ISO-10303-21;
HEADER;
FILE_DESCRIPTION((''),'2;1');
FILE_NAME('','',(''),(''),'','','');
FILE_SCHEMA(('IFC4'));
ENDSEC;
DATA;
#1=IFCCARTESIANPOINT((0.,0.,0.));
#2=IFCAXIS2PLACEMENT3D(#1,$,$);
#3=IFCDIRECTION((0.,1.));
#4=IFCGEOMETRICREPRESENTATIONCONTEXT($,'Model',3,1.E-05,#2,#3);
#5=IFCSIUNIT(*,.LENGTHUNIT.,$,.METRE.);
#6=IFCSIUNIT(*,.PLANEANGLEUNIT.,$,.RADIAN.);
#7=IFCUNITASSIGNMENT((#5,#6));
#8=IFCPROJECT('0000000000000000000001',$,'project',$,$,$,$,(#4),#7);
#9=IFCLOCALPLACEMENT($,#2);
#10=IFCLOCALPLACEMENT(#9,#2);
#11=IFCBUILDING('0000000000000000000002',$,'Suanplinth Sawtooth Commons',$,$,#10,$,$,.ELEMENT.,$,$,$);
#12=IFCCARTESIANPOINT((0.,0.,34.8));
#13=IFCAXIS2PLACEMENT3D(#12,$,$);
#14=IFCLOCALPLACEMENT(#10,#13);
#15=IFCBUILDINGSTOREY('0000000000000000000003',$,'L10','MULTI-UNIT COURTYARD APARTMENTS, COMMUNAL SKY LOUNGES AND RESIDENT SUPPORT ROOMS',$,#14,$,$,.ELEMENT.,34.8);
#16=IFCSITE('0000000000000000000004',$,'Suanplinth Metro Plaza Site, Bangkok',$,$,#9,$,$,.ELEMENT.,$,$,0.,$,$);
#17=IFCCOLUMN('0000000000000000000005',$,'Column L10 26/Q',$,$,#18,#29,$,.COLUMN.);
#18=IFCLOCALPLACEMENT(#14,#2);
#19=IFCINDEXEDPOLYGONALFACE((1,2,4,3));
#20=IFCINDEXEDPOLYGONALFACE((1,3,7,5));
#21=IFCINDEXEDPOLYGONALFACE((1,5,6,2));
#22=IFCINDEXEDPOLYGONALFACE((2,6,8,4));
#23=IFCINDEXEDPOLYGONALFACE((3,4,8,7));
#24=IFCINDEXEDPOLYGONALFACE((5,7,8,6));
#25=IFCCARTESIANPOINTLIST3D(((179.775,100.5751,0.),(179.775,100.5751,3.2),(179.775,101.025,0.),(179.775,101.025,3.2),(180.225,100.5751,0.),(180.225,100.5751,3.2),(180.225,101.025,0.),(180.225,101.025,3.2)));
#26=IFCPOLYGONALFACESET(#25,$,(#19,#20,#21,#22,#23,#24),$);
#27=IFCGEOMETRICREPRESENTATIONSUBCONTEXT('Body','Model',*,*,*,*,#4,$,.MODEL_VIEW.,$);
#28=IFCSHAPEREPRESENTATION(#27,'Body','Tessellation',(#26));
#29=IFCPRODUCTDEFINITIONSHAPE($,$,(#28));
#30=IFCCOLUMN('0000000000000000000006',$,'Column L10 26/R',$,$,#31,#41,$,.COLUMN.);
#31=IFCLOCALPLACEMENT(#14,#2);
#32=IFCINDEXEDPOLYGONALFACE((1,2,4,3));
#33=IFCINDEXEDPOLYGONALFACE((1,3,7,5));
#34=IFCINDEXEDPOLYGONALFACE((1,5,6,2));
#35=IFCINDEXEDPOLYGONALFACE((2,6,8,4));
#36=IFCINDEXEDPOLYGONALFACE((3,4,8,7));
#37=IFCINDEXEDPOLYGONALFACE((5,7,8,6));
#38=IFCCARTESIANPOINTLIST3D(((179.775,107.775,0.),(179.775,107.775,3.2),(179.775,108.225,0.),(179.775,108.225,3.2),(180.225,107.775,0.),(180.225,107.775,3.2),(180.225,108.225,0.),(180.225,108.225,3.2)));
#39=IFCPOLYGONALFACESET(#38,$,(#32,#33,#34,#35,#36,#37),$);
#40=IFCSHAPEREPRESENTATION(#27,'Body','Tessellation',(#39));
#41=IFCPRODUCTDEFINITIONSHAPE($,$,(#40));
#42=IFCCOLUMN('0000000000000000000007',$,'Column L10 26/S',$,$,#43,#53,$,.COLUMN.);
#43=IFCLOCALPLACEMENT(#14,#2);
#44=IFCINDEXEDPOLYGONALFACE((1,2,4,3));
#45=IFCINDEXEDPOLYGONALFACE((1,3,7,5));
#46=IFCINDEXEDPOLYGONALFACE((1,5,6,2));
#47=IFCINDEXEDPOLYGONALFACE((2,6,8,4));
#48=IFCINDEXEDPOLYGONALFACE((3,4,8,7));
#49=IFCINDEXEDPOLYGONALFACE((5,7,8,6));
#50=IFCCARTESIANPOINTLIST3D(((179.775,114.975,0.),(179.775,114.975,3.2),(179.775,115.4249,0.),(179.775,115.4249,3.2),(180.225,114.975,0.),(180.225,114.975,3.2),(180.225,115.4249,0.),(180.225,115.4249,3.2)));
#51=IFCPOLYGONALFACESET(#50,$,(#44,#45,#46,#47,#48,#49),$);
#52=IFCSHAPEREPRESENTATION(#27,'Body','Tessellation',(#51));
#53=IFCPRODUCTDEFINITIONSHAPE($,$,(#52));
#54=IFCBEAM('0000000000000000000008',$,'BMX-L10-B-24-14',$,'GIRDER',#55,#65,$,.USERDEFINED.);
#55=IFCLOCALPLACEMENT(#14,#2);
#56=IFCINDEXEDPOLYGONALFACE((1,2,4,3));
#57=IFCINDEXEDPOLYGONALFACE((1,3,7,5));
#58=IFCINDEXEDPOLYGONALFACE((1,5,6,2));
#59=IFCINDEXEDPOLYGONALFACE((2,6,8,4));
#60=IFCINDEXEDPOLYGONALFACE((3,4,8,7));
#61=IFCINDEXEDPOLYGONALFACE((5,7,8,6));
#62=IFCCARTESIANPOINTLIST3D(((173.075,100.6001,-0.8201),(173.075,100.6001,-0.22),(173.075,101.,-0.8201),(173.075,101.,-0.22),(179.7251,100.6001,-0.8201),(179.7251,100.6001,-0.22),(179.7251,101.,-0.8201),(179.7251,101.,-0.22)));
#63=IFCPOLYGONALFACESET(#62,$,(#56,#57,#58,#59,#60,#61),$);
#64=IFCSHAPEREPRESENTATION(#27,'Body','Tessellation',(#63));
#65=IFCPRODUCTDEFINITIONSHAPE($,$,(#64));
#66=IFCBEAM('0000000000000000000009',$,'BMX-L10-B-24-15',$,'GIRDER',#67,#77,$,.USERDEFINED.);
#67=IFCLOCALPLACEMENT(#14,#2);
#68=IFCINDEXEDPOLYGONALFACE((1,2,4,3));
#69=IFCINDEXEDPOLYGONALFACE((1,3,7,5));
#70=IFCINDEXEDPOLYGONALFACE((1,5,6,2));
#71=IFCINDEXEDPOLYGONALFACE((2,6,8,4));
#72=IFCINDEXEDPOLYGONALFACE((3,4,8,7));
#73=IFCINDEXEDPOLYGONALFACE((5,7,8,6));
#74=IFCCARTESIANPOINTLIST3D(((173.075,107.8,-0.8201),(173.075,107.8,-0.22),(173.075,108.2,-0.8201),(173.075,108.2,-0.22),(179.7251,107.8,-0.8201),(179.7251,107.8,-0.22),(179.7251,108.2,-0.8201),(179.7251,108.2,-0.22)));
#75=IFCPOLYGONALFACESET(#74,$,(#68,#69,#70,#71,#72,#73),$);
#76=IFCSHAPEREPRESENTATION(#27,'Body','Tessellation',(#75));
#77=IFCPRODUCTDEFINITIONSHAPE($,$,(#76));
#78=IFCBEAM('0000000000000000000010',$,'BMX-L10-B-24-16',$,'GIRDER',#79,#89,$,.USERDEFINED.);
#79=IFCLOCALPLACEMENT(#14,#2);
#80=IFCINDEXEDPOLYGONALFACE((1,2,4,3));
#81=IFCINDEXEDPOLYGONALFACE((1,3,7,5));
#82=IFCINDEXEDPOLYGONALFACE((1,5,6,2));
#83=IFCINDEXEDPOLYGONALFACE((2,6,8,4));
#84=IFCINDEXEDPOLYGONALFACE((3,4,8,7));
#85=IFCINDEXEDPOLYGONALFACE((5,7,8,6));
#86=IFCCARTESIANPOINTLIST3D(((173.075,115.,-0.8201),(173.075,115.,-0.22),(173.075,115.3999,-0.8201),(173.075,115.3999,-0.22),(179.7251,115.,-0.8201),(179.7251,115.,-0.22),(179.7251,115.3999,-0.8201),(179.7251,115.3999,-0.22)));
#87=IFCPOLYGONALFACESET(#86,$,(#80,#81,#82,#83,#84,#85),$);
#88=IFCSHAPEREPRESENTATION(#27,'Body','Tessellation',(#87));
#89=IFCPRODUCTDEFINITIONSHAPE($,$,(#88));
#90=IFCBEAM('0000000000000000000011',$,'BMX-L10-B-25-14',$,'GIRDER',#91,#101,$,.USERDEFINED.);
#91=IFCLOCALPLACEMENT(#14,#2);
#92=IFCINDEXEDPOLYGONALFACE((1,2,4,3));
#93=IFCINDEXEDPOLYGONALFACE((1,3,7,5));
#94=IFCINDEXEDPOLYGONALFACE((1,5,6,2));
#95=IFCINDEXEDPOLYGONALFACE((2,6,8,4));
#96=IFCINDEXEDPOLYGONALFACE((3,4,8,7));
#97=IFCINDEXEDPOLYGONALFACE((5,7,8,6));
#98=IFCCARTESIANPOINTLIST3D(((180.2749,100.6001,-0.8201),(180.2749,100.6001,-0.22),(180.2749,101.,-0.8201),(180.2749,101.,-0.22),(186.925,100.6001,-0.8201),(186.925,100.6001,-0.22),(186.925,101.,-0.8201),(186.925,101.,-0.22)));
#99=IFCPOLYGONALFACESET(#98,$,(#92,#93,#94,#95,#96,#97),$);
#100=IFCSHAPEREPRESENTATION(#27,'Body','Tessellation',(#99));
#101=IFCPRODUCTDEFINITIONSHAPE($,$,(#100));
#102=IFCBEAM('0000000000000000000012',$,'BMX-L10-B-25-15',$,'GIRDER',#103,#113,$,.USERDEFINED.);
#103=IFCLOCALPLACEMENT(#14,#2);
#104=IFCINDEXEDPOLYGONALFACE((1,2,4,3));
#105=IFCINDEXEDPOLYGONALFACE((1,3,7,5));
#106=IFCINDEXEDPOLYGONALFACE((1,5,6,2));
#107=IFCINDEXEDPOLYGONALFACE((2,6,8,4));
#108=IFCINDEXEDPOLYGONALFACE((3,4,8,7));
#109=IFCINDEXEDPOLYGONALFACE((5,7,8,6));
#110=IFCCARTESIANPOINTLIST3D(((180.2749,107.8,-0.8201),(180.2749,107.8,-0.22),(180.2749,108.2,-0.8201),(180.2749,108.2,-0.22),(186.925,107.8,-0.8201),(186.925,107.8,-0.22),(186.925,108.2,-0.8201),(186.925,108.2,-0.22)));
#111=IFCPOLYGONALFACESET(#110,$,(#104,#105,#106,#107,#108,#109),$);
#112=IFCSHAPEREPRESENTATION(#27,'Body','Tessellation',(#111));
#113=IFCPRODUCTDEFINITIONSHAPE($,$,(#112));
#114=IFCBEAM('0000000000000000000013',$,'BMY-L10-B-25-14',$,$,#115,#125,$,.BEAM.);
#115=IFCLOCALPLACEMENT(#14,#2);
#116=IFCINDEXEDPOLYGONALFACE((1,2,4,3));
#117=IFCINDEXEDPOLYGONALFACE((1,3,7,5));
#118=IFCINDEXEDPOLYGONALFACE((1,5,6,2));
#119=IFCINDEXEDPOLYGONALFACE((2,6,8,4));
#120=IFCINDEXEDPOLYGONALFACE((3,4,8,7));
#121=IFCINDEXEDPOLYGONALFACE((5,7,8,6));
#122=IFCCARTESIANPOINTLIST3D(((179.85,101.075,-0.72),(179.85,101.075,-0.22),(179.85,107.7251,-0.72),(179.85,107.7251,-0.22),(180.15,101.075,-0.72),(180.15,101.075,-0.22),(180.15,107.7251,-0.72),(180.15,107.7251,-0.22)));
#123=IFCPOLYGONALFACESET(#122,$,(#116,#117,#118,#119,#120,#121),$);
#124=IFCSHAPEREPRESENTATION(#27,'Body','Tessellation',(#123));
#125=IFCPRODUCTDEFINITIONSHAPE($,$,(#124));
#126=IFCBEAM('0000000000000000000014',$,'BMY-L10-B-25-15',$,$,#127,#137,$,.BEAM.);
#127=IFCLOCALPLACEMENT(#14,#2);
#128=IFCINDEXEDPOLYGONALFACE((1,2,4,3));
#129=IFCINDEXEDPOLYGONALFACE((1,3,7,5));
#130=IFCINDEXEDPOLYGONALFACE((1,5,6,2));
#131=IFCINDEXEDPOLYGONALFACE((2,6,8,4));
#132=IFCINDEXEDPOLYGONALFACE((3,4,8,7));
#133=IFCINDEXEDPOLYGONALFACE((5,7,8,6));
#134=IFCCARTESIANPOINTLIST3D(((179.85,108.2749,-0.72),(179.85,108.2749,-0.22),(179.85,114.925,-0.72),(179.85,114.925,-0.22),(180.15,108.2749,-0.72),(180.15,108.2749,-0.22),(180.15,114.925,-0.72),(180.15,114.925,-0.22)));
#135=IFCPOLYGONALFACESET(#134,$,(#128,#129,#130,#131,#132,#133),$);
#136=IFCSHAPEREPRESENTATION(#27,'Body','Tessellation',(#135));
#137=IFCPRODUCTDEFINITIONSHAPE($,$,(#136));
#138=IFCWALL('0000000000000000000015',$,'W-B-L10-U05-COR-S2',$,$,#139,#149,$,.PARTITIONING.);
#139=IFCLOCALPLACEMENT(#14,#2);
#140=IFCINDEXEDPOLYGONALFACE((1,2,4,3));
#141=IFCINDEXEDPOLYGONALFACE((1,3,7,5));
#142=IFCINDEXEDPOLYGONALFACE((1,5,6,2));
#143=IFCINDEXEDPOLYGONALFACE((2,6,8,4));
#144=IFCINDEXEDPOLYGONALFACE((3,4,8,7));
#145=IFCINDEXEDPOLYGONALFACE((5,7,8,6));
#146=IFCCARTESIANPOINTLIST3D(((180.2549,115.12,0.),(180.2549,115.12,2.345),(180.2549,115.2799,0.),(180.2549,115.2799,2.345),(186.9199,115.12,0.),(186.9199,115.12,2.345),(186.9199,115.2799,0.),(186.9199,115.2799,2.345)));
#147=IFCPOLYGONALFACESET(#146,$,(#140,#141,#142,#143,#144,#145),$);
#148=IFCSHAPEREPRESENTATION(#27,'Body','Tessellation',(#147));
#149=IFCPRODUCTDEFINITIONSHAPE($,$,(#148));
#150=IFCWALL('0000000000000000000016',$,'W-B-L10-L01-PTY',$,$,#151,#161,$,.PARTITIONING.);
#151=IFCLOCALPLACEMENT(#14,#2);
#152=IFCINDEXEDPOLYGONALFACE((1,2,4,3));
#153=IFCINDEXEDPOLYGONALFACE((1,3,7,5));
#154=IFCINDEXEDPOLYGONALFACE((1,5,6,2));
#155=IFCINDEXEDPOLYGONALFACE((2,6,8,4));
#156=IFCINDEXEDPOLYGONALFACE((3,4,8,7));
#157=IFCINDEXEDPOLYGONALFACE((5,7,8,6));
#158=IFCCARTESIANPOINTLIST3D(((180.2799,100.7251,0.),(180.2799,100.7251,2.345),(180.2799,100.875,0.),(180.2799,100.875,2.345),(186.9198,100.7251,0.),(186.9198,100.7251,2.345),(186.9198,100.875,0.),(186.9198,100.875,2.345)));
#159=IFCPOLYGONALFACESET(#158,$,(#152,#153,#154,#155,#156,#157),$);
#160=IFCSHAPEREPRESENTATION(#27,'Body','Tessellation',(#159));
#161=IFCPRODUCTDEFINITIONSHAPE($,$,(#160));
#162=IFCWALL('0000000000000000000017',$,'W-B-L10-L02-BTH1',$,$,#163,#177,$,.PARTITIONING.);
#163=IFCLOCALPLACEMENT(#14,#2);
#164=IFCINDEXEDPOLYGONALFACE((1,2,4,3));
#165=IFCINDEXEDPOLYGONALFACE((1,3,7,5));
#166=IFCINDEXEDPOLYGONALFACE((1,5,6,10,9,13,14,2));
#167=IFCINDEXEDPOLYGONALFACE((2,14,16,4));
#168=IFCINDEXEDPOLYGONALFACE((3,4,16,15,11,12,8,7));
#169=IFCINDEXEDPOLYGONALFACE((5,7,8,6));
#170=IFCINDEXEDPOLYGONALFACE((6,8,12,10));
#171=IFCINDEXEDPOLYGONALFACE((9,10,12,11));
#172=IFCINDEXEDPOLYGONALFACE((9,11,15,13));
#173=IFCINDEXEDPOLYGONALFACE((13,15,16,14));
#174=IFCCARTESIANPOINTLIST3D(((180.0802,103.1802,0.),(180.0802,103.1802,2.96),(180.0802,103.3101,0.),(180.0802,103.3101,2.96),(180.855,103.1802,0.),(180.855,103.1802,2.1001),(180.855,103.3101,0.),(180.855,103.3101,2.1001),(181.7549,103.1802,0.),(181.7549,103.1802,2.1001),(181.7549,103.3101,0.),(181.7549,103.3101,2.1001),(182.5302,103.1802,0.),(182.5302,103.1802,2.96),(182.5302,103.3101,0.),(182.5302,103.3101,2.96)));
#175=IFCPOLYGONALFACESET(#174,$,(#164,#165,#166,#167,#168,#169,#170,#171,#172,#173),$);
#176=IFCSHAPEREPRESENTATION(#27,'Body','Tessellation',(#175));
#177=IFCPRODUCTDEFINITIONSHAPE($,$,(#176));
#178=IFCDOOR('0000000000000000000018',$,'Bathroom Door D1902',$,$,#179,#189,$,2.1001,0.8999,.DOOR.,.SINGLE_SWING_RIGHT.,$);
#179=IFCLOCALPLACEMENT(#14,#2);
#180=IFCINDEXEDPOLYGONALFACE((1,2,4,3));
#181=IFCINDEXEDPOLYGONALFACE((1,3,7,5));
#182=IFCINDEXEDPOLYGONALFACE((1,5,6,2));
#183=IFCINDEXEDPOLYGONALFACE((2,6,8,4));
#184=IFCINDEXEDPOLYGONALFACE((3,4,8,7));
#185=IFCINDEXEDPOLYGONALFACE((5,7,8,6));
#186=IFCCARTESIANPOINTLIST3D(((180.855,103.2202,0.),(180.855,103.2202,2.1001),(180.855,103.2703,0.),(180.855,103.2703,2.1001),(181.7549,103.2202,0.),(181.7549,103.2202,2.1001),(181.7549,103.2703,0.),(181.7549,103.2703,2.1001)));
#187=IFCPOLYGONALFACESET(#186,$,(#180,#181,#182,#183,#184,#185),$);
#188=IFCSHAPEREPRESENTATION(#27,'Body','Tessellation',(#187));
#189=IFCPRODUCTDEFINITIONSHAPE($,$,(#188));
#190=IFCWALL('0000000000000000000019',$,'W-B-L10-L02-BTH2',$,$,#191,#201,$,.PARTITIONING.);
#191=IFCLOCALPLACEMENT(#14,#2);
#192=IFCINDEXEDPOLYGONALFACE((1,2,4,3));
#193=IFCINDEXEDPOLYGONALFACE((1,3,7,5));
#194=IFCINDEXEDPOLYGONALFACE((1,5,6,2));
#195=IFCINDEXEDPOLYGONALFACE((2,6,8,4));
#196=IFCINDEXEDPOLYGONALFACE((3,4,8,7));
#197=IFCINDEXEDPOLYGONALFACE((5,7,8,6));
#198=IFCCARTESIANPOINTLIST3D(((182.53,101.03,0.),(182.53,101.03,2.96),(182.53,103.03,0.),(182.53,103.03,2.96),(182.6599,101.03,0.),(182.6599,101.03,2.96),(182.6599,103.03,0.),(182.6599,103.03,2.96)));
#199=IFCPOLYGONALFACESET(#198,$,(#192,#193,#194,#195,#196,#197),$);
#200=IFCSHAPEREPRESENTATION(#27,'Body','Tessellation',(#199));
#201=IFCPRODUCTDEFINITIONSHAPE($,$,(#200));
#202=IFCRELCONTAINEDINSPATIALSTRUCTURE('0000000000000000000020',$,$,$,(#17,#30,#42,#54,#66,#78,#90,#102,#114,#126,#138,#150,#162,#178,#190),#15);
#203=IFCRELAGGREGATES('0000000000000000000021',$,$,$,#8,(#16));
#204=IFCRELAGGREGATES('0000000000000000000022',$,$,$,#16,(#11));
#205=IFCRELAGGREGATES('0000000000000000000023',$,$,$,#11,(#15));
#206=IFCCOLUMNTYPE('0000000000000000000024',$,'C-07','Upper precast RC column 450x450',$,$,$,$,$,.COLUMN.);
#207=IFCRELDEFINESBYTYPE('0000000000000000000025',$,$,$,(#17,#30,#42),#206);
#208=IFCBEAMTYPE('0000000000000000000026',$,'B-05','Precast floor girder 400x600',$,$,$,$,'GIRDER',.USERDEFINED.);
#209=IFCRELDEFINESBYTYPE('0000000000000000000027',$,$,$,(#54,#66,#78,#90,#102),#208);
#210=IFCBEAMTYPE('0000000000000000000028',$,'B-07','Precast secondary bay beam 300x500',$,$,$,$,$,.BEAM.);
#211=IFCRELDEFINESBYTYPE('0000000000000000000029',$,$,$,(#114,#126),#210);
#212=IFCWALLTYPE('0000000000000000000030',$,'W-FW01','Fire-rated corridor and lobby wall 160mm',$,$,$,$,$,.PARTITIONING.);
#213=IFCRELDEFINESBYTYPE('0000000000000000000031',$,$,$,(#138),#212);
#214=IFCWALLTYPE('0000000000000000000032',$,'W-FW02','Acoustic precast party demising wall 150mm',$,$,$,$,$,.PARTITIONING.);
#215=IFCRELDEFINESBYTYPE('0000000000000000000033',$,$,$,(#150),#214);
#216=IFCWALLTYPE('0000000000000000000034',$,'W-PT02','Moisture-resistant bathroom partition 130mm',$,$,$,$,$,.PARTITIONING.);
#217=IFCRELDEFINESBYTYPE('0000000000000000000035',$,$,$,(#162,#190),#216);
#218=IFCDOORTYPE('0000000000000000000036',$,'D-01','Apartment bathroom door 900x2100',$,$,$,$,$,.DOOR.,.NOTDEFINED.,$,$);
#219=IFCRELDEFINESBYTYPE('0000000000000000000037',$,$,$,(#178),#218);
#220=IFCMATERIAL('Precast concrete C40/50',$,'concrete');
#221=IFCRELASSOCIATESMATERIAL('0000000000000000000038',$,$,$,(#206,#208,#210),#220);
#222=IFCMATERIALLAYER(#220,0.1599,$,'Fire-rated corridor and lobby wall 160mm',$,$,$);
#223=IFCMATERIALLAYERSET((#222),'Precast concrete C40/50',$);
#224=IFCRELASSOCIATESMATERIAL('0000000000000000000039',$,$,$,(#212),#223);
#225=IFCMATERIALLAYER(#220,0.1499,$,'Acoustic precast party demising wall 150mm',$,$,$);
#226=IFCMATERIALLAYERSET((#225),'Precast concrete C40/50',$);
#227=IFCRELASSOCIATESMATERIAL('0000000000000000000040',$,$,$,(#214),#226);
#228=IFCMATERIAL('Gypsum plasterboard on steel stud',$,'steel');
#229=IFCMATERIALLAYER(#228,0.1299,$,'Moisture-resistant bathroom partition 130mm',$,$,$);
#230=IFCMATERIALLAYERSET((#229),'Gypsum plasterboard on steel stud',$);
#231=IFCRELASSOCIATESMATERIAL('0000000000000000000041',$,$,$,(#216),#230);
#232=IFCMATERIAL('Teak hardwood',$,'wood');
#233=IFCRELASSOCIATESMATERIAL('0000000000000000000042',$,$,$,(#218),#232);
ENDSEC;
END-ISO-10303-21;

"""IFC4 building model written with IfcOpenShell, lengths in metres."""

from ifc_helpers import new_model, si_unit, direction, frame, frame_2d, origin, origin_2d, place, context, subcontext, project, spatial, rectangle, extrude, material, layer, layer_set, material_profile, profile_set, type_object, element, fill, save


model = new_model("IFC4")

# Units and contexts
model_context = context("Model", 3, precision=1e-05, world=origin(), true_north=direction((0.0, 1.0)))
body_context = subcontext(model_context, "Body", "Model", "MODEL_VIEW")
ifc_project = project(units=[si_unit("LENGTHUNIT", "METRE"), si_unit("PLANEANGLEUNIT", "RADIAN")], contexts=[model_context])

# Site, building, storey
site_placement = place(None, origin())
site = spatial("IfcSite", under=ifc_project, at=site_placement, Name="Suanplinth Metro Plaza Site, Bangkok", CompositionType="ELEMENT", RefElevation=0.0)
building_placement = place(site_placement, origin())
building = spatial("IfcBuilding", under=site, at=building_placement, Name="Suanplinth Sawtooth Commons", CompositionType="ELEMENT")
storey_placement = place(building_placement, frame((0.0, 0.0, 34.8)))
storey = spatial("IfcBuildingStorey", under=building, at=storey_placement, Name="L10", Description="MULTI-UNIT COURTYARD APARTMENTS, COMMUNAL SKY LOUNGES AND RESIDENT SUPPORT ROOMS", CompositionType="ELEMENT", Elevation=34.8)

# Columns
ifc_material_1 = material(Name="Precast concrete C40/50", Category="concrete")
ifc_material_profile_1 = material_profile(ifc_material_1, rectangle(XDim=0.45, YDim=0.45, at=origin_2d()), Name="PC-COL 450x450")
ifc_profile_set_1 = profile_set([ifc_material_profile_1], Name="Precast concrete C40/50")
column_type = type_object("IfcColumnType", Name="C-07", Description="Upper precast RC column 450x450", PredefinedType="COLUMN", material=ifc_profile_set_1)
for number, where, z_axis, x_axis, name in (
    (1, (180.0, 100.8, 0.0), (0.0, 0.0, 1.0), (1.0, 0.0, 0.0), "Column L10 26/Q"),
    (2, (180.0, 108.0, 0.0), (0.0, 0.0, 1.0), (1.0, 0.0, 0.0), "Column L10 26/R"),
    (3, (180.0, 115.2, 0.0), (0.0, 0.0, 1.0), (1.0, 0.0, 0.0), "Column L10 26/S"),
):
    element("IfcColumn", number, at=place(storey_placement, frame(where, z_axis=z_axis, x_axis=x_axis)), inside=storey, type_object=column_type, Name=name, PredefinedType="COLUMN", context=body_context, shape_type="SweptSolid", body=[
        extrude(rectangle(XDim=0.45, YDim=0.45, at=origin_2d()), origin(), (0.0, 0.0, 1.0), 3.2),
    ])

# Beams
ifc_material_profile_2 = material_profile(ifc_material_1, rectangle(XDim=0.3999, YDim=0.6001, at=origin_2d()), Name="PC-GDR 400x600")
ifc_profile_set_2 = profile_set([ifc_material_profile_2], Name="Precast concrete C40/50")
beam_type_1 = type_object("IfcBeamType", Name="B-05", Description="Precast floor girder 400x600", ElementType="GIRDER", PredefinedType="USERDEFINED", material=ifc_profile_set_2)
for number, where, z_axis, x_axis, name in (
    (4, (173.075, 100.8, -0.52), (1.0, 0.0, 0.0), (0.0, 1.0, 0.0), "BMX-L10-B-24-14"),
    (5, (173.075, 108.0, -0.52), (1.0, 0.0, 0.0), (0.0, 1.0, 0.0), "BMX-L10-B-24-15"),
    (6, (173.075, 115.2, -0.52), (1.0, 0.0, 0.0), (0.0, 1.0, 0.0), "BMX-L10-B-24-16"),
    (7, (180.2749, 100.8, -0.52), (1.0, 0.0, 0.0), (0.0, 1.0, 0.0), "BMX-L10-B-25-14"),
    (8, (180.2749, 108.0, -0.52), (1.0, 0.0, 0.0), (0.0, 1.0, 0.0), "BMX-L10-B-25-15"),
):
    element("IfcBeam", number, at=place(storey_placement, frame(where, z_axis=z_axis, x_axis=x_axis)), inside=storey, type_object=beam_type_1, Name=name, ObjectType="GIRDER", PredefinedType="USERDEFINED", context=body_context, shape_type="SweptSolid", body=[
        extrude(rectangle(XDim=0.3999, YDim=0.6001, at=origin_2d()), origin(), (0.0, 0.0, 1.0), 6.6501),
    ])
ifc_material_profile_3 = material_profile(ifc_material_1, rectangle(XDim=0.3, YDim=0.5, at=origin_2d()), Name="PC-BM 300x500")
ifc_profile_set_3 = profile_set([ifc_material_profile_3], Name="Precast concrete C40/50")
beam_type_2 = type_object("IfcBeamType", Name="B-07", Description="Precast secondary bay beam 300x500", PredefinedType="BEAM", material=ifc_profile_set_3)
for number, where, z_axis, x_axis, name in (
    (9, (180.0, 101.075, -0.47), (0.0, 1.0, 0.0), (-1.0, 0.0, 0.0), "BMY-L10-B-25-14"),
    (10, (180.0, 108.2749, -0.47), (0.0, 1.0, 0.0), (-1.0, 0.0, 0.0), "BMY-L10-B-25-15"),
):
    element("IfcBeam", number, at=place(storey_placement, frame(where, z_axis=z_axis, x_axis=x_axis)), inside=storey, type_object=beam_type_2, Name=name, PredefinedType="BEAM", context=body_context, shape_type="SweptSolid", body=[
        extrude(rectangle(XDim=0.3, YDim=0.5, at=origin_2d()), origin(), (0.0, 0.0, 1.0), 6.6501),
    ])

# Shared definitions
ifc_layer_1 = layer(ifc_material_1, 0.1599, Name="Fire-rated corridor and lobby wall 160mm")
ifc_layer_set_1 = layer_set([ifc_layer_1], Name="Precast concrete C40/50")
wall_type_1 = type_object("IfcWallType", Name="W-FW01", Description="Fire-rated corridor and lobby wall 160mm", PredefinedType="PARTITIONING", material=ifc_layer_set_1)

# Wall
wall_1_placement = place(storey_placement, frame((180.2549, 115.2, 0.0), z_axis=(0.0, 0.0, 1.0), x_axis=(1.0, 0.0, 0.0)))
element("IfcWall", 11, at=wall_1_placement, inside=storey, type_object=wall_type_1, Name="W-B-L10-U05-COR-S2", PredefinedType="PARTITIONING", context=body_context, shape_type="SweptSolid", body=[
    extrude(rectangle(XDim=6.665, YDim=0.1599, at=frame_2d((3.3325, 0.0))), origin(), (0.0, 0.0, 1.0), 2.345),
])

# Wall
ifc_layer_2 = layer(ifc_material_1, 0.1499, Name="Acoustic precast party demising wall 150mm")
ifc_layer_set_2 = layer_set([ifc_layer_2], Name="Precast concrete C40/50")
wall_type_2 = type_object("IfcWallType", Name="W-FW02", Description="Acoustic precast party demising wall 150mm", PredefinedType="PARTITIONING", material=ifc_layer_set_2)
wall_2_placement = place(storey_placement, frame((180.28, 100.8, 0.0), z_axis=(0.0, 0.0, 1.0), x_axis=(1.0, 0.0, 0.0)))
element("IfcWall", 12, at=wall_2_placement, inside=storey, type_object=wall_type_2, Name="W-B-L10-L01-PTY", PredefinedType="PARTITIONING", context=body_context, shape_type="SweptSolid", body=[
    extrude(rectangle(XDim=6.6399, YDim=0.1499, at=frame_2d((3.3198, 0.0))), origin(), (0.0, 0.0, 1.0), 2.345),
])

# Wall, opening, door
ifc_material_2 = material(Name="Gypsum plasterboard on steel stud", Category="steel")
ifc_layer_3 = layer(ifc_material_2, 0.1299, Name="Moisture-resistant bathroom partition 130mm")
ifc_layer_set_3 = layer_set([ifc_layer_3], Name="Gypsum plasterboard on steel stud")
wall_type_3 = type_object("IfcWallType", Name="W-PT02", Description="Moisture-resistant bathroom partition 130mm", PredefinedType="PARTITIONING", material=ifc_layer_set_3)
wall_3_placement = place(storey_placement, frame((180.0801, 103.2451, 0.0), z_axis=(0.0, 0.0, 1.0), x_axis=(1.0, 0.0, 0.0)))
wall_3 = element("IfcWall", 13, at=wall_3_placement, inside=storey, type_object=wall_type_3, Name="W-B-L10-L02-BTH1", PredefinedType="PARTITIONING", context=body_context, shape_type="SweptSolid", body=[
    extrude(rectangle(XDim=2.45, YDim=0.1299, at=frame_2d((1.2251, 0.0))), origin(), (0.0, 0.0, 1.0), 2.96),
])
opening_1_placement = place(wall_3_placement, frame((0.7749, 0.0, 0.0)))
opening_1 = element("IfcOpeningElement", 14, at=opening_1_placement, cuts=wall_3, PredefinedType="OPENING", context=body_context, shape_type="SweptSolid", body=[
    extrude(rectangle(XDim=0.8999, YDim=2.1001, at=frame_2d((0.45, 1.05))), frame((0.0, 0.0798, 0.0), z_axis=(0.0, -1.0, 0.0), x_axis=(1.0, 0.0, 0.0)), (0.0, 0.0, 1.0), 0.1597),
])
ifc_material_3 = material(Name="Teak hardwood", Category="wood")
door_type_1 = type_object("IfcDoorType", Name="D-01", Description="Apartment bathroom door 900x2100", OperationType="NOTDEFINED", PredefinedType="DOOR", material=ifc_material_3)
door_1_placement = place(opening_1_placement, frame((0.8999, 0.0, 0.0), z_axis=(0.0, 0.0, 1.0), x_axis=(-1.0, 0.0, 0.0)))
door_1 = element("IfcDoor", 15, at=door_1_placement, inside=storey, type_object=door_type_1, Name="Bathroom Door D1902", OperationType="SINGLE_SWING_RIGHT", OverallHeight=2.1001, OverallWidth=0.8999, PredefinedType="DOOR", context=body_context, shape_type="SweptSolid", body=[
    extrude(rectangle(XDim=0.8999, YDim=2.1001, at=frame_2d((0.45, 1.05))), frame((0.0, 0.0249, 0.0), z_axis=(0.0, -1.0, 0.0), x_axis=(1.0, 0.0, 0.0)), (0.0, 0.0, 1.0), 0.05),
])
fill(opening_1, door_1)

# Wall
wall_4_placement = place(storey_placement, frame((182.595, 101.03, 0.0), z_axis=(0.0, 0.0, 1.0), x_axis=(0.0, 1.0, 0.0)))
element("IfcWall", 16, at=wall_4_placement, inside=storey, type_object=wall_type_3, Name="W-B-L10-L02-BTH2", PredefinedType="PARTITIONING", context=body_context, shape_type="SweptSolid", body=[
    extrude(rectangle(XDim=2.0, YDim=0.1299, at=frame_2d((1.0, 0.0))), origin(), (0.0, 0.0, 1.0), 2.96),
])

save(model, "model.ifc")
